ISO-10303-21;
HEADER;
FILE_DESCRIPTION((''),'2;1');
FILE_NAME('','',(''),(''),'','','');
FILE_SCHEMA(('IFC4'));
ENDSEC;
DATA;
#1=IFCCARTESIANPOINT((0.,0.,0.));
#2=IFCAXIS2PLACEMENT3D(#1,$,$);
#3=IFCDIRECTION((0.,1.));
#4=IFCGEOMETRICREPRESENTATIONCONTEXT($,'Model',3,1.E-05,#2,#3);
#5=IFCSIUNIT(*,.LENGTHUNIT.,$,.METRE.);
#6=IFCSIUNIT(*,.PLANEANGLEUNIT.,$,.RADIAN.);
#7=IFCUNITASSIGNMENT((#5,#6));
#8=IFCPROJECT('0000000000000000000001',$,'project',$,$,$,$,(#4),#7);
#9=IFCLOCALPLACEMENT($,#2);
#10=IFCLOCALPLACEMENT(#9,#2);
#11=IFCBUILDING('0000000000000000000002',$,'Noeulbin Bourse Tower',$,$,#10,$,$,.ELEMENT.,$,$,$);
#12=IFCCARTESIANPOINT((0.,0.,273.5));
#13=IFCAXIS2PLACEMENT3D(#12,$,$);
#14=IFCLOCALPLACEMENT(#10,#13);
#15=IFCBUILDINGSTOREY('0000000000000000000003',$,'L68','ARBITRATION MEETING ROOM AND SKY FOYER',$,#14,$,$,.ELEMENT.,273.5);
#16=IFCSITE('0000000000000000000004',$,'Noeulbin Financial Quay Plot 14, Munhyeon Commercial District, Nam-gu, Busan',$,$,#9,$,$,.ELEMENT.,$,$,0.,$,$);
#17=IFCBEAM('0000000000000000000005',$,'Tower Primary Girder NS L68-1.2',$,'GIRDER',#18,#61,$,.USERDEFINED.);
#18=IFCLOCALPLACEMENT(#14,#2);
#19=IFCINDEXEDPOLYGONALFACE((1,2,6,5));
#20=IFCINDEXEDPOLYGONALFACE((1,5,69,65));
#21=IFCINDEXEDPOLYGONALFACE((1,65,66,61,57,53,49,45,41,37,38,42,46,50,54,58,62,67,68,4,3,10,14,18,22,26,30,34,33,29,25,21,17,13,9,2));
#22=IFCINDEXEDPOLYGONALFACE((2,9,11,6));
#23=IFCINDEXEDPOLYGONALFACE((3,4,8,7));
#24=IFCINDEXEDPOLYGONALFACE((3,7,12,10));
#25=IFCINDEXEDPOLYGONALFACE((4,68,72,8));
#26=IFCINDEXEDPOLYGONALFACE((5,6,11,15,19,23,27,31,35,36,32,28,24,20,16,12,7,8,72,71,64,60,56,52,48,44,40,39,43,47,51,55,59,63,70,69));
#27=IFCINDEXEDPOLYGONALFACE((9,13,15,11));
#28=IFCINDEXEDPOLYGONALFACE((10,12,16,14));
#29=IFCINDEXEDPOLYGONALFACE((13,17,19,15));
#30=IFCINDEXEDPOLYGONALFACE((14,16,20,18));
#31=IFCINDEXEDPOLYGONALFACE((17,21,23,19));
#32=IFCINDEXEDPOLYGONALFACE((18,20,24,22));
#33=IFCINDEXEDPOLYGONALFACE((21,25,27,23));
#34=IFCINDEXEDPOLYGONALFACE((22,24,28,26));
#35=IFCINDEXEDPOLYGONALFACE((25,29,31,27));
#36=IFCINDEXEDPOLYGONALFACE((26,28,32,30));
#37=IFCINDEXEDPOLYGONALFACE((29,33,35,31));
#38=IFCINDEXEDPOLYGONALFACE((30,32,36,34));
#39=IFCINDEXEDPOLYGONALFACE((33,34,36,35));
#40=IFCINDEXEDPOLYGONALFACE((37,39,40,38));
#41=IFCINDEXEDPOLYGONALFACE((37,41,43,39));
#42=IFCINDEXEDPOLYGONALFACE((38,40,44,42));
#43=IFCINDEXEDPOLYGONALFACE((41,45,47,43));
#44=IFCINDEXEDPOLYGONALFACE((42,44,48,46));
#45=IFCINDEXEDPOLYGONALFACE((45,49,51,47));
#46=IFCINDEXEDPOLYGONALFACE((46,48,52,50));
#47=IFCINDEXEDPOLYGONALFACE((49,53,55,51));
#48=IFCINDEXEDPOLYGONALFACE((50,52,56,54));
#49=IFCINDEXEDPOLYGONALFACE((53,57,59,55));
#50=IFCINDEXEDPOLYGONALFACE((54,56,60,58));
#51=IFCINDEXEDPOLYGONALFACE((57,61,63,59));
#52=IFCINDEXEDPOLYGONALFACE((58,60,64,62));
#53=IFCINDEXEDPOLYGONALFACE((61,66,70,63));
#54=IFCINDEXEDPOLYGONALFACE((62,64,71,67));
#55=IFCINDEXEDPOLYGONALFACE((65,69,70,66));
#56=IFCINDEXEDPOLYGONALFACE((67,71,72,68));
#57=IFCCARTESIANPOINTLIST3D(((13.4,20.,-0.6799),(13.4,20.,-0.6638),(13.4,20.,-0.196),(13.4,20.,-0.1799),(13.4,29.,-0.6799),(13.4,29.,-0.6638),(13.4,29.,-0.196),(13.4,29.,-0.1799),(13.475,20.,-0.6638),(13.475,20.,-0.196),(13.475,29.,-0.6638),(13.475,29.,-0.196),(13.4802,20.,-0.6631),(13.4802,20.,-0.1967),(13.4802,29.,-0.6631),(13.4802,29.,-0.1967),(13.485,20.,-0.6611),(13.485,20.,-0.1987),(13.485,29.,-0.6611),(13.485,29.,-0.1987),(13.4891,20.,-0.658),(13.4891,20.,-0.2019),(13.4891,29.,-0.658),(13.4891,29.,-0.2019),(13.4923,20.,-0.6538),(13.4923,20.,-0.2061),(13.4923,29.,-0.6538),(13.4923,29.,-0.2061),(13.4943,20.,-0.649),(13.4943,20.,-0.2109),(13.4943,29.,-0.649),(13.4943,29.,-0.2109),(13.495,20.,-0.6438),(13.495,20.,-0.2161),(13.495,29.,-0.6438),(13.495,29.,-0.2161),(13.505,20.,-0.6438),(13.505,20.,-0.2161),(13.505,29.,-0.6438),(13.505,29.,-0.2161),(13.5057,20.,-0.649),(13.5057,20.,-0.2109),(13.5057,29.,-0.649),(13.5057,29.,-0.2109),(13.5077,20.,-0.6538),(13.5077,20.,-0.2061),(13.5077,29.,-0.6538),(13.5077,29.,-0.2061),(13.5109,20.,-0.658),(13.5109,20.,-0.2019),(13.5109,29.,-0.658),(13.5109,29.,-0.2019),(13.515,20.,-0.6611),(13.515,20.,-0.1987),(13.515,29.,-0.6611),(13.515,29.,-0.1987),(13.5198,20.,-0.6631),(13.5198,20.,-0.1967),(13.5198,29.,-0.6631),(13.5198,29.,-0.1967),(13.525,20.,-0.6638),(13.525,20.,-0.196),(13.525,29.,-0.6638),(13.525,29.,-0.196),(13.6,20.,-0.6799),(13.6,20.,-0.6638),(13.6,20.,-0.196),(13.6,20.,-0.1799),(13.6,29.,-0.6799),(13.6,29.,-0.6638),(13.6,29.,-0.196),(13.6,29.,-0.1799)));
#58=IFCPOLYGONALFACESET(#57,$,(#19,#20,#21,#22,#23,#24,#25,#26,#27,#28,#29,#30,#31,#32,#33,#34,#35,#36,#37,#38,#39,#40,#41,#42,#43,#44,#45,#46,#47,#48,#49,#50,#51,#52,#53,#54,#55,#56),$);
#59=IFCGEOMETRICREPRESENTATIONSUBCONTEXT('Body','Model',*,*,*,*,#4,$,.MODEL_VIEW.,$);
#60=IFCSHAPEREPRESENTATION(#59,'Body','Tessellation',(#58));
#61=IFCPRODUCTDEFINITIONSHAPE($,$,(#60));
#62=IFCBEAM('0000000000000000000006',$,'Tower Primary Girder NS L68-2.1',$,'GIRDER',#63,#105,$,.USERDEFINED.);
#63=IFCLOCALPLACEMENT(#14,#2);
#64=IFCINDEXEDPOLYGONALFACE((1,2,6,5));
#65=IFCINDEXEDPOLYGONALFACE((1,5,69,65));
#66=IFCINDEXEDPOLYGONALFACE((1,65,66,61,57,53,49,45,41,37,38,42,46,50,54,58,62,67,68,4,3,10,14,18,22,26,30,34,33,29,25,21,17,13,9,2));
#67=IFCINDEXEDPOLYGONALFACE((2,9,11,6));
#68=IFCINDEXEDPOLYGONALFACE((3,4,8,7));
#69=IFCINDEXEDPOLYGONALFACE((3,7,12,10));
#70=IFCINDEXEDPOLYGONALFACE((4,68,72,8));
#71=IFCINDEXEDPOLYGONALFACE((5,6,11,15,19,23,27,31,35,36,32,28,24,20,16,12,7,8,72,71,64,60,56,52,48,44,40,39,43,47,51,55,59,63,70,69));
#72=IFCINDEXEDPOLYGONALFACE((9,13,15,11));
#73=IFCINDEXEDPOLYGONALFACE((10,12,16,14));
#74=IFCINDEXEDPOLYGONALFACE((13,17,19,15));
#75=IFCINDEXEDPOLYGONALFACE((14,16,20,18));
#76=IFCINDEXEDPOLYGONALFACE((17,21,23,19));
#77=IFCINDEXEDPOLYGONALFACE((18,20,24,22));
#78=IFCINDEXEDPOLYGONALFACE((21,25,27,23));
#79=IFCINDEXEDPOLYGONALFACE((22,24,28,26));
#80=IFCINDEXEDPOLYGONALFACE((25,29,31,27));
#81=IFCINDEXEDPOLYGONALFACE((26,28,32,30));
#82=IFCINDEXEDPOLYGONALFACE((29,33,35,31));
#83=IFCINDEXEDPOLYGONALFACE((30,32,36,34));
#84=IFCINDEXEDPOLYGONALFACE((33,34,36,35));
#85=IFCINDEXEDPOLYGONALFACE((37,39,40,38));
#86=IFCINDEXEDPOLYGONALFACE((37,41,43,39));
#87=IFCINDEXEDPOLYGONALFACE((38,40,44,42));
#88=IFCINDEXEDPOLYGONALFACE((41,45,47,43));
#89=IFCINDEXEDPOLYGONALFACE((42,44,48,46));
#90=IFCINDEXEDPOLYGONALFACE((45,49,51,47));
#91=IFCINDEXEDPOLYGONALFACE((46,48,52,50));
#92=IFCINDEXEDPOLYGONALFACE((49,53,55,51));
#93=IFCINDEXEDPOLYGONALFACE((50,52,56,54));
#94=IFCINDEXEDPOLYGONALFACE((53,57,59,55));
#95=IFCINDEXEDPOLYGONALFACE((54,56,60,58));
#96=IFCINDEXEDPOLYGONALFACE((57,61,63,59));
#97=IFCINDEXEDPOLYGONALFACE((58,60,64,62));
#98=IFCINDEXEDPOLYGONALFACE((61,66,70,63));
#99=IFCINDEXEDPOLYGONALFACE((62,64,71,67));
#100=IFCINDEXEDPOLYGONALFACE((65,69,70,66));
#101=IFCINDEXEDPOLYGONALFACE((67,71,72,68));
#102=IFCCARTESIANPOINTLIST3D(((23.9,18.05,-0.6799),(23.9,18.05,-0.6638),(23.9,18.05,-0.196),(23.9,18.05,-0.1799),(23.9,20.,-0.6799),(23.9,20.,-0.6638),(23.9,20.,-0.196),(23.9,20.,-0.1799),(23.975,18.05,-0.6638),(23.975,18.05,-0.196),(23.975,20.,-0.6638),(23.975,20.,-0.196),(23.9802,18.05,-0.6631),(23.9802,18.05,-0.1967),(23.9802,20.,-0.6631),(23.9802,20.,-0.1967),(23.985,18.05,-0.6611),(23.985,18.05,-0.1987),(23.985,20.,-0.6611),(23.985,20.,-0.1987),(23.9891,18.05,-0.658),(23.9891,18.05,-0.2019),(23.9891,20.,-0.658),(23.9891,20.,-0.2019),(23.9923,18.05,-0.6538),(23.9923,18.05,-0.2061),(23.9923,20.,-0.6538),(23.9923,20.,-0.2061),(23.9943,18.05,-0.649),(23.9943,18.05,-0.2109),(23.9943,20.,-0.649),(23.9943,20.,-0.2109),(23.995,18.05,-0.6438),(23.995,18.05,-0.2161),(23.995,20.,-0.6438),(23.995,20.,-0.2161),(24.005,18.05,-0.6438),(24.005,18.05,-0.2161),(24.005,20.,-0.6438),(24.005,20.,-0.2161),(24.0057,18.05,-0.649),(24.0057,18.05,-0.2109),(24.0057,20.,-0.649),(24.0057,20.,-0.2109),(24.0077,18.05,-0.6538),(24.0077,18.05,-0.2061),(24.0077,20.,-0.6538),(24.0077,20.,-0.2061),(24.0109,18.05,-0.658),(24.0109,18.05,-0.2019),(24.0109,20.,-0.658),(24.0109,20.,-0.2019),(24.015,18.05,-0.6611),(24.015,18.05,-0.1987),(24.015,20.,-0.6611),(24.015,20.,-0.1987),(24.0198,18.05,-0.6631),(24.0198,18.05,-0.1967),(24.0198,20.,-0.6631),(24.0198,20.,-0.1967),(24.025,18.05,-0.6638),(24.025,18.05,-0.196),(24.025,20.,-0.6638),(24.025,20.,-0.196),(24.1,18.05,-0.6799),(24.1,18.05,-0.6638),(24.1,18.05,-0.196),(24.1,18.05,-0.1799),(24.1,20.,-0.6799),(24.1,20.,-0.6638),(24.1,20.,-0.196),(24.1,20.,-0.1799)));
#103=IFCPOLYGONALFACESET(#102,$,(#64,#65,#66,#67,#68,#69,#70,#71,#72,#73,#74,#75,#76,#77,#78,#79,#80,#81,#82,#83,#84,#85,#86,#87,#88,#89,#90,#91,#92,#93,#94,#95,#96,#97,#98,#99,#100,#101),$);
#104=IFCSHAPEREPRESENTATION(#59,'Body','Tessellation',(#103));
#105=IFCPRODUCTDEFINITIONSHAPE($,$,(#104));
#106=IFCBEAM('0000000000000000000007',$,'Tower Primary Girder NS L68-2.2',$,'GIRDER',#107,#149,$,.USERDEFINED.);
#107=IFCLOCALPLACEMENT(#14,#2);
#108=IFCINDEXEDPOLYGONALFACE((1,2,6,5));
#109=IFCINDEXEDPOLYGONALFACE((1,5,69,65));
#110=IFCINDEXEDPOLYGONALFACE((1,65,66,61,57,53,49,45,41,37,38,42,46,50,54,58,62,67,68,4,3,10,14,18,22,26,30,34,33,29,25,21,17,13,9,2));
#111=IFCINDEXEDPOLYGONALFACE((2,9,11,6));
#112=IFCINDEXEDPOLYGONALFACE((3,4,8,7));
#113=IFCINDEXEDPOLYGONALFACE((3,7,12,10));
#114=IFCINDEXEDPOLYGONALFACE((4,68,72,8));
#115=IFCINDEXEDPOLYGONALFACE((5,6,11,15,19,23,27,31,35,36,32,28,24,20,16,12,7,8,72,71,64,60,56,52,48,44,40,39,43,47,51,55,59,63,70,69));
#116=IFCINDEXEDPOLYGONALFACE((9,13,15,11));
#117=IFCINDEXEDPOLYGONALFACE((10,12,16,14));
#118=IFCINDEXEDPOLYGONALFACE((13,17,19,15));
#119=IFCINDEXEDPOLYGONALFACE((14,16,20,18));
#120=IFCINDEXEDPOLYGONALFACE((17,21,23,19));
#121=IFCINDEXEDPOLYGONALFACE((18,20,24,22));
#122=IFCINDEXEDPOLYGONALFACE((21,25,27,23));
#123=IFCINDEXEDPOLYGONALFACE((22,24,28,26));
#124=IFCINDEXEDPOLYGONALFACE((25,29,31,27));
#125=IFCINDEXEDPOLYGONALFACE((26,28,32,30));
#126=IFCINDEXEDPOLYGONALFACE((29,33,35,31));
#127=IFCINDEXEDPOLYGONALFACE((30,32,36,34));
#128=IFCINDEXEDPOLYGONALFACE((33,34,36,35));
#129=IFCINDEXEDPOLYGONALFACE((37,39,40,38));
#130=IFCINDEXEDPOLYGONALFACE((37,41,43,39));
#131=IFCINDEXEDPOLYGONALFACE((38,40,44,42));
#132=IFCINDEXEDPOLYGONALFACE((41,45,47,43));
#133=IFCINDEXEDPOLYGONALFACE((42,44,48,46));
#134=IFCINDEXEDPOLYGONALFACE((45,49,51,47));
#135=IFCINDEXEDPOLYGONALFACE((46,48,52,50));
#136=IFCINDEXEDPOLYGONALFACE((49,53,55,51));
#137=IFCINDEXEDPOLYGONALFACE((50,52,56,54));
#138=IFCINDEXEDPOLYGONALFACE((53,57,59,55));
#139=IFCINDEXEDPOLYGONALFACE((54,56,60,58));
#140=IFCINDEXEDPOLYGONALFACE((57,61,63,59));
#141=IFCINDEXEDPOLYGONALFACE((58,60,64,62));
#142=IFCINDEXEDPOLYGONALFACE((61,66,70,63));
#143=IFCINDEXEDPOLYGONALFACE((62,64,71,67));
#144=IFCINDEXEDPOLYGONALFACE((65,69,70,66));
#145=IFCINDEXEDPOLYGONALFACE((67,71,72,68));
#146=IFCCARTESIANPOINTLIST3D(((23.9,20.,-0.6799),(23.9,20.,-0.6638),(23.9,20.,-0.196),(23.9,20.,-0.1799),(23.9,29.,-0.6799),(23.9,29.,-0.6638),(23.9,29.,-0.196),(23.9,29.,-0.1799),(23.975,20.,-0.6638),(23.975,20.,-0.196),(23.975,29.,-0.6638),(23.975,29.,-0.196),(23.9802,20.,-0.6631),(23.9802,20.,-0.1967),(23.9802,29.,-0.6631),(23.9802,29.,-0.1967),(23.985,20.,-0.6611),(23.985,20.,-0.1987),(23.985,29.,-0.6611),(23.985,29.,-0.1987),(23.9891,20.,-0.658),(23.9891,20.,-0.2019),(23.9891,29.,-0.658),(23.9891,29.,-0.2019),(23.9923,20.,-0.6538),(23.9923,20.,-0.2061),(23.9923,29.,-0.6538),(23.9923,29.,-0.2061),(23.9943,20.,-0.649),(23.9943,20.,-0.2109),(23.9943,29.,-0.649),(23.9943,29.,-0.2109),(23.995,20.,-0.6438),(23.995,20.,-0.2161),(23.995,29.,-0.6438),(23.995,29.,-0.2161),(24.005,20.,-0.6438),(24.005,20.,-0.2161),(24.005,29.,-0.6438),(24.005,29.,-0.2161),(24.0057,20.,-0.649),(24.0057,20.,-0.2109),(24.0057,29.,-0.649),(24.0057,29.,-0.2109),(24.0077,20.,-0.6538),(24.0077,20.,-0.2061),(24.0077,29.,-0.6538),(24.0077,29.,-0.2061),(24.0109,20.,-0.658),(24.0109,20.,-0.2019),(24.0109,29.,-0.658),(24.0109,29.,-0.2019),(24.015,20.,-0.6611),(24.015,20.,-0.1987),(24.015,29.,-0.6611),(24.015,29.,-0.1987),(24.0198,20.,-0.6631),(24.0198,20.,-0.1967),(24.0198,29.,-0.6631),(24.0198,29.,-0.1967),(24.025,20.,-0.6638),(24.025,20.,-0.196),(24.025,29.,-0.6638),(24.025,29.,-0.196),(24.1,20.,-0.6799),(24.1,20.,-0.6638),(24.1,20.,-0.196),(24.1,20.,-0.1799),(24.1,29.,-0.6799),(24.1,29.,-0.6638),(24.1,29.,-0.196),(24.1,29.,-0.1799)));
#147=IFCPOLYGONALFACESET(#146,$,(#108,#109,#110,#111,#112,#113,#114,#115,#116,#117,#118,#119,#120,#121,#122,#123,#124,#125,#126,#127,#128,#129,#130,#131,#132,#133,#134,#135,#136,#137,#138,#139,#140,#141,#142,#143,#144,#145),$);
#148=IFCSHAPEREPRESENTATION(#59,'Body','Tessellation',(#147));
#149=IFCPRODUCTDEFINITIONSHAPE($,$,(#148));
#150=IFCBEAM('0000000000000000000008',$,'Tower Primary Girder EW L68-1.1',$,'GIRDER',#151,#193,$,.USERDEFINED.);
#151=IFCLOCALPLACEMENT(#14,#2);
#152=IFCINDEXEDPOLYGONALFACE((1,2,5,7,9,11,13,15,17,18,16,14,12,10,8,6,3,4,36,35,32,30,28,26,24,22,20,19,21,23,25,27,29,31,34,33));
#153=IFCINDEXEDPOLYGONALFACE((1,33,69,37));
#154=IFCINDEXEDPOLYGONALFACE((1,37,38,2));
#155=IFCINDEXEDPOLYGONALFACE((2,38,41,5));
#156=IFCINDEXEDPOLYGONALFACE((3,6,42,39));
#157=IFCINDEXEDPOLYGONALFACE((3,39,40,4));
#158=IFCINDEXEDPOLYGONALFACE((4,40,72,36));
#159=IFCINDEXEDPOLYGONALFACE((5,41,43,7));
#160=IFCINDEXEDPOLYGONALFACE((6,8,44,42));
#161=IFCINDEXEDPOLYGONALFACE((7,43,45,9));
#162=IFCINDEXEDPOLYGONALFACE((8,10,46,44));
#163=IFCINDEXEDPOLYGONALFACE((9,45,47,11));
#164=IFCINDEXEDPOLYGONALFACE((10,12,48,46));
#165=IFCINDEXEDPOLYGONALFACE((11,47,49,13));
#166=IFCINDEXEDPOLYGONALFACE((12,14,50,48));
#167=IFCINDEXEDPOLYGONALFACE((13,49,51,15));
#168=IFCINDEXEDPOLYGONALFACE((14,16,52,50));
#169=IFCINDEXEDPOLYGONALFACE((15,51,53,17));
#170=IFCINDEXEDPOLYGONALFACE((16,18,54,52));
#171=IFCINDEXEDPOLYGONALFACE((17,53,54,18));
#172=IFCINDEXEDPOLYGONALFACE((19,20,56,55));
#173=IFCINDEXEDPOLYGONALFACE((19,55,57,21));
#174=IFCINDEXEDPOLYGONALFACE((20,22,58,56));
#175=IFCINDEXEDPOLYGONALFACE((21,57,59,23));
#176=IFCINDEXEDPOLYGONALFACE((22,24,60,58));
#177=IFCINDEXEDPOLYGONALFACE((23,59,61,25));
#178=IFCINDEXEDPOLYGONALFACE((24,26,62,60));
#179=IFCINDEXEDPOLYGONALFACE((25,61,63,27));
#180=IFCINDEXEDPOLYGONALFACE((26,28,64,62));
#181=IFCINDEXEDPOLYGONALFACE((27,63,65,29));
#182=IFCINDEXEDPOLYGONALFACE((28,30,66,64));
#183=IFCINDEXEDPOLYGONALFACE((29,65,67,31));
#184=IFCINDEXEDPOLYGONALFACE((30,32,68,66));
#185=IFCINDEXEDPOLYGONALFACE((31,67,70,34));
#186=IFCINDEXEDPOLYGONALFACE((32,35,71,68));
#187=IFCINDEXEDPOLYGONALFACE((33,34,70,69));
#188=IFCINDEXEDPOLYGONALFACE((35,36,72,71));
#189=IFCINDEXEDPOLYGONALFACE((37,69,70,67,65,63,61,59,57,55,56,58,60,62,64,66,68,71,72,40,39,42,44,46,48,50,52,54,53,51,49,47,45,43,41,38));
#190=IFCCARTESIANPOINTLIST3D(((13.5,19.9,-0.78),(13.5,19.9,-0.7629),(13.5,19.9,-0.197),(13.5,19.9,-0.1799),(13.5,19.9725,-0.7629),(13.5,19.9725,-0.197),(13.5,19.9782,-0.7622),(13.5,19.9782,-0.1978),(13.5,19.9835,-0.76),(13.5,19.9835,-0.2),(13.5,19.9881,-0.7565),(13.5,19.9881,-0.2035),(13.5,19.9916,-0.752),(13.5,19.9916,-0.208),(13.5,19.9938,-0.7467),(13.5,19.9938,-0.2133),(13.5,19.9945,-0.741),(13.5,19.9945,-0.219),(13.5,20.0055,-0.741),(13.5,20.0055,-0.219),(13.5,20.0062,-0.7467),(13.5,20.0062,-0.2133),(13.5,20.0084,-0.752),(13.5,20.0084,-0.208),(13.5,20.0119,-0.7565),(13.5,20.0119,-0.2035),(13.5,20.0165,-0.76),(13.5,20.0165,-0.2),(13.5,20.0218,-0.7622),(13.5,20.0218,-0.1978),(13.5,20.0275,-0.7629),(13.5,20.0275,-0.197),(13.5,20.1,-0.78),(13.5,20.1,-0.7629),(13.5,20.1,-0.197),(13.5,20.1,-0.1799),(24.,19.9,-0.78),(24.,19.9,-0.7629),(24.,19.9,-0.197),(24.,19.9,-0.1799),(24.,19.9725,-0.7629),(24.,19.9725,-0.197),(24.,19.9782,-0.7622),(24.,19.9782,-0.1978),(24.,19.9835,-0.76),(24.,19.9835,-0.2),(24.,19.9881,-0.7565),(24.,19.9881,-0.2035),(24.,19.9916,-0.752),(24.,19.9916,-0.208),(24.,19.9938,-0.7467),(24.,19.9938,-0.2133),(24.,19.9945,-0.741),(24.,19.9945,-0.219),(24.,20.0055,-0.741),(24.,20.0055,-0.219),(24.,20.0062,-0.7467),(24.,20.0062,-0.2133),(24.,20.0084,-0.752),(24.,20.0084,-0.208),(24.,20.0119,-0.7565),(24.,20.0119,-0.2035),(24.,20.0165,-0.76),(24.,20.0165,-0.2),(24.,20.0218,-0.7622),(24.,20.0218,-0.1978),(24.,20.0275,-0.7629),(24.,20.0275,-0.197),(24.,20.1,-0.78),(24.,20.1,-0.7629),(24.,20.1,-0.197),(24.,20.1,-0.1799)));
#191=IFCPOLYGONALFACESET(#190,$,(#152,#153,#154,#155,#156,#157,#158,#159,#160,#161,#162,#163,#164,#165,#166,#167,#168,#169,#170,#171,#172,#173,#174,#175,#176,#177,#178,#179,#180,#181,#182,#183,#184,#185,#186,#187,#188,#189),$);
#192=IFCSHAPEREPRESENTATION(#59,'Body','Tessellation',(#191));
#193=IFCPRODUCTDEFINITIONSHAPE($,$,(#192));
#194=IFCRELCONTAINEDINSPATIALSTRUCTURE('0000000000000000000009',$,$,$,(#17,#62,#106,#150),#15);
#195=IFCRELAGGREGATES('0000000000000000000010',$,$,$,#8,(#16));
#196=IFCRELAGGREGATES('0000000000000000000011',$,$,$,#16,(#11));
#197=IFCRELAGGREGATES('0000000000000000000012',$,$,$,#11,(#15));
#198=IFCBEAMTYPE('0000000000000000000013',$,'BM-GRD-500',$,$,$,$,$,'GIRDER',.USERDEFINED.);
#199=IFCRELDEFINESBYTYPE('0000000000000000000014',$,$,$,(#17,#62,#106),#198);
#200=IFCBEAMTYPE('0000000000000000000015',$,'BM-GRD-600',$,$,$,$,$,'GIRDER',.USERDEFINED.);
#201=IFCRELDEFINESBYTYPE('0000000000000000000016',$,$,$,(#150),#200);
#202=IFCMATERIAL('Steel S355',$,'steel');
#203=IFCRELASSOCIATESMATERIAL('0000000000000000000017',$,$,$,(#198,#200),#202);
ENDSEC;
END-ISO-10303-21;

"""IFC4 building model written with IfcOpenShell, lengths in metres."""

from ifc_helpers import new_model, si_unit, direction, frame, origin, origin_2d, place, context, subcontext, project, spatial, i_section, extrude, material, material_profile, profile_set, type_object, element, save


model = new_model("IFC4")

# Units and contexts
model_context = context("Model", 3, precision=1e-05, world=origin(), true_north=direction((0.0, 1.0)))
body_context = subcontext(model_context, "Body", "Model", "MODEL_VIEW")
ifc_project = project(units=[si_unit("LENGTHUNIT", "METRE"), si_unit("PLANEANGLEUNIT", "RADIAN")], contexts=[model_context])

# Site, building, storey
site_placement = place(None, origin())
site = spatial("IfcSite", under=ifc_project, at=site_placement, Name="Noeulbin Financial Quay Plot 14, Munhyeon Commercial District, Nam-gu, Busan", CompositionType="ELEMENT", RefElevation=0.0)
building_placement = place(site_placement, origin())
building = spatial("IfcBuilding", under=site, at=building_placement, Name="Noeulbin Bourse Tower", CompositionType="ELEMENT")
storey_placement = place(building_placement, frame((0.0, 0.0, 273.5)))
storey = spatial("IfcBuildingStorey", under=building, at=storey_placement, Name="L68", Description="ARBITRATION MEETING ROOM AND SKY FOYER", CompositionType="ELEMENT", Elevation=273.5)

# Shared definitions
ifc_material_1 = material(Name="Steel S355", Category="steel")

# Beams
ifc_material_profile_1 = material_profile(ifc_material_1, i_section(OverallWidth=0.2, OverallDepth=0.5, WebThickness=0.01, FlangeThickness=0.0161, FilletRadius=0.02, at=origin_2d()), Name="H-500x200x10x16", Category="LoadBearing")
ifc_profile_set_1 = profile_set([ifc_material_profile_1], Name="Steel S355")
beam_type_1 = type_object("IfcBeamType", Name="BM-GRD-500", ElementType="GIRDER", PredefinedType="USERDEFINED", material=ifc_profile_set_1)
beam_1_placement = place(storey_placement, frame((13.5, 20.0, -0.4299), z_axis=(0.0, 1.0, 0.0), x_axis=(-1.0, 0.0, 0.0)))
element("IfcBeam", 1, at=beam_1_placement, inside=storey, type_object=beam_type_1, Name="Tower Primary Girder NS L68-1.2", ObjectType="GIRDER", PredefinedType="USERDEFINED", context=body_context, shape_type="SweptSolid", body=[
    extrude(i_section(OverallWidth=0.2, OverallDepth=0.5, WebThickness=0.01, FlangeThickness=0.0161, FilletRadius=0.02, at=origin_2d()), origin(), (0.0, 0.0, 1.0), 9.0),
])
beam_2_placement = place(storey_placement, frame((24.0, 18.05, -0.4299), z_axis=(0.0, 1.0, 0.0), x_axis=(-1.0, 0.0, 0.0)))
element("IfcBeam", 2, at=beam_2_placement, inside=storey, type_object=beam_type_1, Name="Tower Primary Girder NS L68-2.1", ObjectType="GIRDER", PredefinedType="USERDEFINED", context=body_context, shape_type="SweptSolid", body=[
    extrude(i_section(OverallWidth=0.2, OverallDepth=0.5, WebThickness=0.01, FlangeThickness=0.0161, FilletRadius=0.02, at=origin_2d()), origin(), (0.0, 0.0, 1.0), 1.95),
])
beam_3_placement = place(storey_placement, frame((24.0, 20.0, -0.4299), z_axis=(0.0, 1.0, 0.0), x_axis=(-1.0, 0.0, 0.0)))
element("IfcBeam", 3, at=beam_3_placement, inside=storey, type_object=beam_type_1, Name="Tower Primary Girder NS L68-2.2", ObjectType="GIRDER", PredefinedType="USERDEFINED", context=body_context, shape_type="SweptSolid", body=[
    extrude(i_section(OverallWidth=0.2, OverallDepth=0.5, WebThickness=0.01, FlangeThickness=0.0161, FilletRadius=0.02, at=origin_2d()), origin(), (0.0, 0.0, 1.0), 9.0),
])
ifc_material_profile_2 = material_profile(ifc_material_1, i_section(OverallWidth=0.2, OverallDepth=0.6001, WebThickness=0.011, FlangeThickness=0.0171, FilletRadius=0.022, at=origin_2d()), Name="H-600x200x11x17", Category="LoadBearing")
ifc_profile_set_2 = profile_set([ifc_material_profile_2], Name="Steel S355")
beam_type_2 = type_object("IfcBeamType", Name="BM-GRD-600", ElementType="GIRDER", PredefinedType="USERDEFINED", material=ifc_profile_set_2)
beam_4_placement = place(storey_placement, frame((13.5, 20.0, -0.48), z_axis=(1.0, 0.0, 0.0), x_axis=(0.0, 1.0, 0.0)))
element("IfcBeam", 4, at=beam_4_placement, inside=storey, type_object=beam_type_2, Name="Tower Primary Girder EW L68-1.1", ObjectType="GIRDER", PredefinedType="USERDEFINED", context=body_context, shape_type="SweptSolid", body=[
    extrude(i_section(OverallWidth=0.2, OverallDepth=0.6001, WebThickness=0.011, FlangeThickness=0.0171, FilletRadius=0.022, at=origin_2d()), origin(), (0.0, 0.0, 1.0), 10.5),
])

save(model, "model.ifc")
